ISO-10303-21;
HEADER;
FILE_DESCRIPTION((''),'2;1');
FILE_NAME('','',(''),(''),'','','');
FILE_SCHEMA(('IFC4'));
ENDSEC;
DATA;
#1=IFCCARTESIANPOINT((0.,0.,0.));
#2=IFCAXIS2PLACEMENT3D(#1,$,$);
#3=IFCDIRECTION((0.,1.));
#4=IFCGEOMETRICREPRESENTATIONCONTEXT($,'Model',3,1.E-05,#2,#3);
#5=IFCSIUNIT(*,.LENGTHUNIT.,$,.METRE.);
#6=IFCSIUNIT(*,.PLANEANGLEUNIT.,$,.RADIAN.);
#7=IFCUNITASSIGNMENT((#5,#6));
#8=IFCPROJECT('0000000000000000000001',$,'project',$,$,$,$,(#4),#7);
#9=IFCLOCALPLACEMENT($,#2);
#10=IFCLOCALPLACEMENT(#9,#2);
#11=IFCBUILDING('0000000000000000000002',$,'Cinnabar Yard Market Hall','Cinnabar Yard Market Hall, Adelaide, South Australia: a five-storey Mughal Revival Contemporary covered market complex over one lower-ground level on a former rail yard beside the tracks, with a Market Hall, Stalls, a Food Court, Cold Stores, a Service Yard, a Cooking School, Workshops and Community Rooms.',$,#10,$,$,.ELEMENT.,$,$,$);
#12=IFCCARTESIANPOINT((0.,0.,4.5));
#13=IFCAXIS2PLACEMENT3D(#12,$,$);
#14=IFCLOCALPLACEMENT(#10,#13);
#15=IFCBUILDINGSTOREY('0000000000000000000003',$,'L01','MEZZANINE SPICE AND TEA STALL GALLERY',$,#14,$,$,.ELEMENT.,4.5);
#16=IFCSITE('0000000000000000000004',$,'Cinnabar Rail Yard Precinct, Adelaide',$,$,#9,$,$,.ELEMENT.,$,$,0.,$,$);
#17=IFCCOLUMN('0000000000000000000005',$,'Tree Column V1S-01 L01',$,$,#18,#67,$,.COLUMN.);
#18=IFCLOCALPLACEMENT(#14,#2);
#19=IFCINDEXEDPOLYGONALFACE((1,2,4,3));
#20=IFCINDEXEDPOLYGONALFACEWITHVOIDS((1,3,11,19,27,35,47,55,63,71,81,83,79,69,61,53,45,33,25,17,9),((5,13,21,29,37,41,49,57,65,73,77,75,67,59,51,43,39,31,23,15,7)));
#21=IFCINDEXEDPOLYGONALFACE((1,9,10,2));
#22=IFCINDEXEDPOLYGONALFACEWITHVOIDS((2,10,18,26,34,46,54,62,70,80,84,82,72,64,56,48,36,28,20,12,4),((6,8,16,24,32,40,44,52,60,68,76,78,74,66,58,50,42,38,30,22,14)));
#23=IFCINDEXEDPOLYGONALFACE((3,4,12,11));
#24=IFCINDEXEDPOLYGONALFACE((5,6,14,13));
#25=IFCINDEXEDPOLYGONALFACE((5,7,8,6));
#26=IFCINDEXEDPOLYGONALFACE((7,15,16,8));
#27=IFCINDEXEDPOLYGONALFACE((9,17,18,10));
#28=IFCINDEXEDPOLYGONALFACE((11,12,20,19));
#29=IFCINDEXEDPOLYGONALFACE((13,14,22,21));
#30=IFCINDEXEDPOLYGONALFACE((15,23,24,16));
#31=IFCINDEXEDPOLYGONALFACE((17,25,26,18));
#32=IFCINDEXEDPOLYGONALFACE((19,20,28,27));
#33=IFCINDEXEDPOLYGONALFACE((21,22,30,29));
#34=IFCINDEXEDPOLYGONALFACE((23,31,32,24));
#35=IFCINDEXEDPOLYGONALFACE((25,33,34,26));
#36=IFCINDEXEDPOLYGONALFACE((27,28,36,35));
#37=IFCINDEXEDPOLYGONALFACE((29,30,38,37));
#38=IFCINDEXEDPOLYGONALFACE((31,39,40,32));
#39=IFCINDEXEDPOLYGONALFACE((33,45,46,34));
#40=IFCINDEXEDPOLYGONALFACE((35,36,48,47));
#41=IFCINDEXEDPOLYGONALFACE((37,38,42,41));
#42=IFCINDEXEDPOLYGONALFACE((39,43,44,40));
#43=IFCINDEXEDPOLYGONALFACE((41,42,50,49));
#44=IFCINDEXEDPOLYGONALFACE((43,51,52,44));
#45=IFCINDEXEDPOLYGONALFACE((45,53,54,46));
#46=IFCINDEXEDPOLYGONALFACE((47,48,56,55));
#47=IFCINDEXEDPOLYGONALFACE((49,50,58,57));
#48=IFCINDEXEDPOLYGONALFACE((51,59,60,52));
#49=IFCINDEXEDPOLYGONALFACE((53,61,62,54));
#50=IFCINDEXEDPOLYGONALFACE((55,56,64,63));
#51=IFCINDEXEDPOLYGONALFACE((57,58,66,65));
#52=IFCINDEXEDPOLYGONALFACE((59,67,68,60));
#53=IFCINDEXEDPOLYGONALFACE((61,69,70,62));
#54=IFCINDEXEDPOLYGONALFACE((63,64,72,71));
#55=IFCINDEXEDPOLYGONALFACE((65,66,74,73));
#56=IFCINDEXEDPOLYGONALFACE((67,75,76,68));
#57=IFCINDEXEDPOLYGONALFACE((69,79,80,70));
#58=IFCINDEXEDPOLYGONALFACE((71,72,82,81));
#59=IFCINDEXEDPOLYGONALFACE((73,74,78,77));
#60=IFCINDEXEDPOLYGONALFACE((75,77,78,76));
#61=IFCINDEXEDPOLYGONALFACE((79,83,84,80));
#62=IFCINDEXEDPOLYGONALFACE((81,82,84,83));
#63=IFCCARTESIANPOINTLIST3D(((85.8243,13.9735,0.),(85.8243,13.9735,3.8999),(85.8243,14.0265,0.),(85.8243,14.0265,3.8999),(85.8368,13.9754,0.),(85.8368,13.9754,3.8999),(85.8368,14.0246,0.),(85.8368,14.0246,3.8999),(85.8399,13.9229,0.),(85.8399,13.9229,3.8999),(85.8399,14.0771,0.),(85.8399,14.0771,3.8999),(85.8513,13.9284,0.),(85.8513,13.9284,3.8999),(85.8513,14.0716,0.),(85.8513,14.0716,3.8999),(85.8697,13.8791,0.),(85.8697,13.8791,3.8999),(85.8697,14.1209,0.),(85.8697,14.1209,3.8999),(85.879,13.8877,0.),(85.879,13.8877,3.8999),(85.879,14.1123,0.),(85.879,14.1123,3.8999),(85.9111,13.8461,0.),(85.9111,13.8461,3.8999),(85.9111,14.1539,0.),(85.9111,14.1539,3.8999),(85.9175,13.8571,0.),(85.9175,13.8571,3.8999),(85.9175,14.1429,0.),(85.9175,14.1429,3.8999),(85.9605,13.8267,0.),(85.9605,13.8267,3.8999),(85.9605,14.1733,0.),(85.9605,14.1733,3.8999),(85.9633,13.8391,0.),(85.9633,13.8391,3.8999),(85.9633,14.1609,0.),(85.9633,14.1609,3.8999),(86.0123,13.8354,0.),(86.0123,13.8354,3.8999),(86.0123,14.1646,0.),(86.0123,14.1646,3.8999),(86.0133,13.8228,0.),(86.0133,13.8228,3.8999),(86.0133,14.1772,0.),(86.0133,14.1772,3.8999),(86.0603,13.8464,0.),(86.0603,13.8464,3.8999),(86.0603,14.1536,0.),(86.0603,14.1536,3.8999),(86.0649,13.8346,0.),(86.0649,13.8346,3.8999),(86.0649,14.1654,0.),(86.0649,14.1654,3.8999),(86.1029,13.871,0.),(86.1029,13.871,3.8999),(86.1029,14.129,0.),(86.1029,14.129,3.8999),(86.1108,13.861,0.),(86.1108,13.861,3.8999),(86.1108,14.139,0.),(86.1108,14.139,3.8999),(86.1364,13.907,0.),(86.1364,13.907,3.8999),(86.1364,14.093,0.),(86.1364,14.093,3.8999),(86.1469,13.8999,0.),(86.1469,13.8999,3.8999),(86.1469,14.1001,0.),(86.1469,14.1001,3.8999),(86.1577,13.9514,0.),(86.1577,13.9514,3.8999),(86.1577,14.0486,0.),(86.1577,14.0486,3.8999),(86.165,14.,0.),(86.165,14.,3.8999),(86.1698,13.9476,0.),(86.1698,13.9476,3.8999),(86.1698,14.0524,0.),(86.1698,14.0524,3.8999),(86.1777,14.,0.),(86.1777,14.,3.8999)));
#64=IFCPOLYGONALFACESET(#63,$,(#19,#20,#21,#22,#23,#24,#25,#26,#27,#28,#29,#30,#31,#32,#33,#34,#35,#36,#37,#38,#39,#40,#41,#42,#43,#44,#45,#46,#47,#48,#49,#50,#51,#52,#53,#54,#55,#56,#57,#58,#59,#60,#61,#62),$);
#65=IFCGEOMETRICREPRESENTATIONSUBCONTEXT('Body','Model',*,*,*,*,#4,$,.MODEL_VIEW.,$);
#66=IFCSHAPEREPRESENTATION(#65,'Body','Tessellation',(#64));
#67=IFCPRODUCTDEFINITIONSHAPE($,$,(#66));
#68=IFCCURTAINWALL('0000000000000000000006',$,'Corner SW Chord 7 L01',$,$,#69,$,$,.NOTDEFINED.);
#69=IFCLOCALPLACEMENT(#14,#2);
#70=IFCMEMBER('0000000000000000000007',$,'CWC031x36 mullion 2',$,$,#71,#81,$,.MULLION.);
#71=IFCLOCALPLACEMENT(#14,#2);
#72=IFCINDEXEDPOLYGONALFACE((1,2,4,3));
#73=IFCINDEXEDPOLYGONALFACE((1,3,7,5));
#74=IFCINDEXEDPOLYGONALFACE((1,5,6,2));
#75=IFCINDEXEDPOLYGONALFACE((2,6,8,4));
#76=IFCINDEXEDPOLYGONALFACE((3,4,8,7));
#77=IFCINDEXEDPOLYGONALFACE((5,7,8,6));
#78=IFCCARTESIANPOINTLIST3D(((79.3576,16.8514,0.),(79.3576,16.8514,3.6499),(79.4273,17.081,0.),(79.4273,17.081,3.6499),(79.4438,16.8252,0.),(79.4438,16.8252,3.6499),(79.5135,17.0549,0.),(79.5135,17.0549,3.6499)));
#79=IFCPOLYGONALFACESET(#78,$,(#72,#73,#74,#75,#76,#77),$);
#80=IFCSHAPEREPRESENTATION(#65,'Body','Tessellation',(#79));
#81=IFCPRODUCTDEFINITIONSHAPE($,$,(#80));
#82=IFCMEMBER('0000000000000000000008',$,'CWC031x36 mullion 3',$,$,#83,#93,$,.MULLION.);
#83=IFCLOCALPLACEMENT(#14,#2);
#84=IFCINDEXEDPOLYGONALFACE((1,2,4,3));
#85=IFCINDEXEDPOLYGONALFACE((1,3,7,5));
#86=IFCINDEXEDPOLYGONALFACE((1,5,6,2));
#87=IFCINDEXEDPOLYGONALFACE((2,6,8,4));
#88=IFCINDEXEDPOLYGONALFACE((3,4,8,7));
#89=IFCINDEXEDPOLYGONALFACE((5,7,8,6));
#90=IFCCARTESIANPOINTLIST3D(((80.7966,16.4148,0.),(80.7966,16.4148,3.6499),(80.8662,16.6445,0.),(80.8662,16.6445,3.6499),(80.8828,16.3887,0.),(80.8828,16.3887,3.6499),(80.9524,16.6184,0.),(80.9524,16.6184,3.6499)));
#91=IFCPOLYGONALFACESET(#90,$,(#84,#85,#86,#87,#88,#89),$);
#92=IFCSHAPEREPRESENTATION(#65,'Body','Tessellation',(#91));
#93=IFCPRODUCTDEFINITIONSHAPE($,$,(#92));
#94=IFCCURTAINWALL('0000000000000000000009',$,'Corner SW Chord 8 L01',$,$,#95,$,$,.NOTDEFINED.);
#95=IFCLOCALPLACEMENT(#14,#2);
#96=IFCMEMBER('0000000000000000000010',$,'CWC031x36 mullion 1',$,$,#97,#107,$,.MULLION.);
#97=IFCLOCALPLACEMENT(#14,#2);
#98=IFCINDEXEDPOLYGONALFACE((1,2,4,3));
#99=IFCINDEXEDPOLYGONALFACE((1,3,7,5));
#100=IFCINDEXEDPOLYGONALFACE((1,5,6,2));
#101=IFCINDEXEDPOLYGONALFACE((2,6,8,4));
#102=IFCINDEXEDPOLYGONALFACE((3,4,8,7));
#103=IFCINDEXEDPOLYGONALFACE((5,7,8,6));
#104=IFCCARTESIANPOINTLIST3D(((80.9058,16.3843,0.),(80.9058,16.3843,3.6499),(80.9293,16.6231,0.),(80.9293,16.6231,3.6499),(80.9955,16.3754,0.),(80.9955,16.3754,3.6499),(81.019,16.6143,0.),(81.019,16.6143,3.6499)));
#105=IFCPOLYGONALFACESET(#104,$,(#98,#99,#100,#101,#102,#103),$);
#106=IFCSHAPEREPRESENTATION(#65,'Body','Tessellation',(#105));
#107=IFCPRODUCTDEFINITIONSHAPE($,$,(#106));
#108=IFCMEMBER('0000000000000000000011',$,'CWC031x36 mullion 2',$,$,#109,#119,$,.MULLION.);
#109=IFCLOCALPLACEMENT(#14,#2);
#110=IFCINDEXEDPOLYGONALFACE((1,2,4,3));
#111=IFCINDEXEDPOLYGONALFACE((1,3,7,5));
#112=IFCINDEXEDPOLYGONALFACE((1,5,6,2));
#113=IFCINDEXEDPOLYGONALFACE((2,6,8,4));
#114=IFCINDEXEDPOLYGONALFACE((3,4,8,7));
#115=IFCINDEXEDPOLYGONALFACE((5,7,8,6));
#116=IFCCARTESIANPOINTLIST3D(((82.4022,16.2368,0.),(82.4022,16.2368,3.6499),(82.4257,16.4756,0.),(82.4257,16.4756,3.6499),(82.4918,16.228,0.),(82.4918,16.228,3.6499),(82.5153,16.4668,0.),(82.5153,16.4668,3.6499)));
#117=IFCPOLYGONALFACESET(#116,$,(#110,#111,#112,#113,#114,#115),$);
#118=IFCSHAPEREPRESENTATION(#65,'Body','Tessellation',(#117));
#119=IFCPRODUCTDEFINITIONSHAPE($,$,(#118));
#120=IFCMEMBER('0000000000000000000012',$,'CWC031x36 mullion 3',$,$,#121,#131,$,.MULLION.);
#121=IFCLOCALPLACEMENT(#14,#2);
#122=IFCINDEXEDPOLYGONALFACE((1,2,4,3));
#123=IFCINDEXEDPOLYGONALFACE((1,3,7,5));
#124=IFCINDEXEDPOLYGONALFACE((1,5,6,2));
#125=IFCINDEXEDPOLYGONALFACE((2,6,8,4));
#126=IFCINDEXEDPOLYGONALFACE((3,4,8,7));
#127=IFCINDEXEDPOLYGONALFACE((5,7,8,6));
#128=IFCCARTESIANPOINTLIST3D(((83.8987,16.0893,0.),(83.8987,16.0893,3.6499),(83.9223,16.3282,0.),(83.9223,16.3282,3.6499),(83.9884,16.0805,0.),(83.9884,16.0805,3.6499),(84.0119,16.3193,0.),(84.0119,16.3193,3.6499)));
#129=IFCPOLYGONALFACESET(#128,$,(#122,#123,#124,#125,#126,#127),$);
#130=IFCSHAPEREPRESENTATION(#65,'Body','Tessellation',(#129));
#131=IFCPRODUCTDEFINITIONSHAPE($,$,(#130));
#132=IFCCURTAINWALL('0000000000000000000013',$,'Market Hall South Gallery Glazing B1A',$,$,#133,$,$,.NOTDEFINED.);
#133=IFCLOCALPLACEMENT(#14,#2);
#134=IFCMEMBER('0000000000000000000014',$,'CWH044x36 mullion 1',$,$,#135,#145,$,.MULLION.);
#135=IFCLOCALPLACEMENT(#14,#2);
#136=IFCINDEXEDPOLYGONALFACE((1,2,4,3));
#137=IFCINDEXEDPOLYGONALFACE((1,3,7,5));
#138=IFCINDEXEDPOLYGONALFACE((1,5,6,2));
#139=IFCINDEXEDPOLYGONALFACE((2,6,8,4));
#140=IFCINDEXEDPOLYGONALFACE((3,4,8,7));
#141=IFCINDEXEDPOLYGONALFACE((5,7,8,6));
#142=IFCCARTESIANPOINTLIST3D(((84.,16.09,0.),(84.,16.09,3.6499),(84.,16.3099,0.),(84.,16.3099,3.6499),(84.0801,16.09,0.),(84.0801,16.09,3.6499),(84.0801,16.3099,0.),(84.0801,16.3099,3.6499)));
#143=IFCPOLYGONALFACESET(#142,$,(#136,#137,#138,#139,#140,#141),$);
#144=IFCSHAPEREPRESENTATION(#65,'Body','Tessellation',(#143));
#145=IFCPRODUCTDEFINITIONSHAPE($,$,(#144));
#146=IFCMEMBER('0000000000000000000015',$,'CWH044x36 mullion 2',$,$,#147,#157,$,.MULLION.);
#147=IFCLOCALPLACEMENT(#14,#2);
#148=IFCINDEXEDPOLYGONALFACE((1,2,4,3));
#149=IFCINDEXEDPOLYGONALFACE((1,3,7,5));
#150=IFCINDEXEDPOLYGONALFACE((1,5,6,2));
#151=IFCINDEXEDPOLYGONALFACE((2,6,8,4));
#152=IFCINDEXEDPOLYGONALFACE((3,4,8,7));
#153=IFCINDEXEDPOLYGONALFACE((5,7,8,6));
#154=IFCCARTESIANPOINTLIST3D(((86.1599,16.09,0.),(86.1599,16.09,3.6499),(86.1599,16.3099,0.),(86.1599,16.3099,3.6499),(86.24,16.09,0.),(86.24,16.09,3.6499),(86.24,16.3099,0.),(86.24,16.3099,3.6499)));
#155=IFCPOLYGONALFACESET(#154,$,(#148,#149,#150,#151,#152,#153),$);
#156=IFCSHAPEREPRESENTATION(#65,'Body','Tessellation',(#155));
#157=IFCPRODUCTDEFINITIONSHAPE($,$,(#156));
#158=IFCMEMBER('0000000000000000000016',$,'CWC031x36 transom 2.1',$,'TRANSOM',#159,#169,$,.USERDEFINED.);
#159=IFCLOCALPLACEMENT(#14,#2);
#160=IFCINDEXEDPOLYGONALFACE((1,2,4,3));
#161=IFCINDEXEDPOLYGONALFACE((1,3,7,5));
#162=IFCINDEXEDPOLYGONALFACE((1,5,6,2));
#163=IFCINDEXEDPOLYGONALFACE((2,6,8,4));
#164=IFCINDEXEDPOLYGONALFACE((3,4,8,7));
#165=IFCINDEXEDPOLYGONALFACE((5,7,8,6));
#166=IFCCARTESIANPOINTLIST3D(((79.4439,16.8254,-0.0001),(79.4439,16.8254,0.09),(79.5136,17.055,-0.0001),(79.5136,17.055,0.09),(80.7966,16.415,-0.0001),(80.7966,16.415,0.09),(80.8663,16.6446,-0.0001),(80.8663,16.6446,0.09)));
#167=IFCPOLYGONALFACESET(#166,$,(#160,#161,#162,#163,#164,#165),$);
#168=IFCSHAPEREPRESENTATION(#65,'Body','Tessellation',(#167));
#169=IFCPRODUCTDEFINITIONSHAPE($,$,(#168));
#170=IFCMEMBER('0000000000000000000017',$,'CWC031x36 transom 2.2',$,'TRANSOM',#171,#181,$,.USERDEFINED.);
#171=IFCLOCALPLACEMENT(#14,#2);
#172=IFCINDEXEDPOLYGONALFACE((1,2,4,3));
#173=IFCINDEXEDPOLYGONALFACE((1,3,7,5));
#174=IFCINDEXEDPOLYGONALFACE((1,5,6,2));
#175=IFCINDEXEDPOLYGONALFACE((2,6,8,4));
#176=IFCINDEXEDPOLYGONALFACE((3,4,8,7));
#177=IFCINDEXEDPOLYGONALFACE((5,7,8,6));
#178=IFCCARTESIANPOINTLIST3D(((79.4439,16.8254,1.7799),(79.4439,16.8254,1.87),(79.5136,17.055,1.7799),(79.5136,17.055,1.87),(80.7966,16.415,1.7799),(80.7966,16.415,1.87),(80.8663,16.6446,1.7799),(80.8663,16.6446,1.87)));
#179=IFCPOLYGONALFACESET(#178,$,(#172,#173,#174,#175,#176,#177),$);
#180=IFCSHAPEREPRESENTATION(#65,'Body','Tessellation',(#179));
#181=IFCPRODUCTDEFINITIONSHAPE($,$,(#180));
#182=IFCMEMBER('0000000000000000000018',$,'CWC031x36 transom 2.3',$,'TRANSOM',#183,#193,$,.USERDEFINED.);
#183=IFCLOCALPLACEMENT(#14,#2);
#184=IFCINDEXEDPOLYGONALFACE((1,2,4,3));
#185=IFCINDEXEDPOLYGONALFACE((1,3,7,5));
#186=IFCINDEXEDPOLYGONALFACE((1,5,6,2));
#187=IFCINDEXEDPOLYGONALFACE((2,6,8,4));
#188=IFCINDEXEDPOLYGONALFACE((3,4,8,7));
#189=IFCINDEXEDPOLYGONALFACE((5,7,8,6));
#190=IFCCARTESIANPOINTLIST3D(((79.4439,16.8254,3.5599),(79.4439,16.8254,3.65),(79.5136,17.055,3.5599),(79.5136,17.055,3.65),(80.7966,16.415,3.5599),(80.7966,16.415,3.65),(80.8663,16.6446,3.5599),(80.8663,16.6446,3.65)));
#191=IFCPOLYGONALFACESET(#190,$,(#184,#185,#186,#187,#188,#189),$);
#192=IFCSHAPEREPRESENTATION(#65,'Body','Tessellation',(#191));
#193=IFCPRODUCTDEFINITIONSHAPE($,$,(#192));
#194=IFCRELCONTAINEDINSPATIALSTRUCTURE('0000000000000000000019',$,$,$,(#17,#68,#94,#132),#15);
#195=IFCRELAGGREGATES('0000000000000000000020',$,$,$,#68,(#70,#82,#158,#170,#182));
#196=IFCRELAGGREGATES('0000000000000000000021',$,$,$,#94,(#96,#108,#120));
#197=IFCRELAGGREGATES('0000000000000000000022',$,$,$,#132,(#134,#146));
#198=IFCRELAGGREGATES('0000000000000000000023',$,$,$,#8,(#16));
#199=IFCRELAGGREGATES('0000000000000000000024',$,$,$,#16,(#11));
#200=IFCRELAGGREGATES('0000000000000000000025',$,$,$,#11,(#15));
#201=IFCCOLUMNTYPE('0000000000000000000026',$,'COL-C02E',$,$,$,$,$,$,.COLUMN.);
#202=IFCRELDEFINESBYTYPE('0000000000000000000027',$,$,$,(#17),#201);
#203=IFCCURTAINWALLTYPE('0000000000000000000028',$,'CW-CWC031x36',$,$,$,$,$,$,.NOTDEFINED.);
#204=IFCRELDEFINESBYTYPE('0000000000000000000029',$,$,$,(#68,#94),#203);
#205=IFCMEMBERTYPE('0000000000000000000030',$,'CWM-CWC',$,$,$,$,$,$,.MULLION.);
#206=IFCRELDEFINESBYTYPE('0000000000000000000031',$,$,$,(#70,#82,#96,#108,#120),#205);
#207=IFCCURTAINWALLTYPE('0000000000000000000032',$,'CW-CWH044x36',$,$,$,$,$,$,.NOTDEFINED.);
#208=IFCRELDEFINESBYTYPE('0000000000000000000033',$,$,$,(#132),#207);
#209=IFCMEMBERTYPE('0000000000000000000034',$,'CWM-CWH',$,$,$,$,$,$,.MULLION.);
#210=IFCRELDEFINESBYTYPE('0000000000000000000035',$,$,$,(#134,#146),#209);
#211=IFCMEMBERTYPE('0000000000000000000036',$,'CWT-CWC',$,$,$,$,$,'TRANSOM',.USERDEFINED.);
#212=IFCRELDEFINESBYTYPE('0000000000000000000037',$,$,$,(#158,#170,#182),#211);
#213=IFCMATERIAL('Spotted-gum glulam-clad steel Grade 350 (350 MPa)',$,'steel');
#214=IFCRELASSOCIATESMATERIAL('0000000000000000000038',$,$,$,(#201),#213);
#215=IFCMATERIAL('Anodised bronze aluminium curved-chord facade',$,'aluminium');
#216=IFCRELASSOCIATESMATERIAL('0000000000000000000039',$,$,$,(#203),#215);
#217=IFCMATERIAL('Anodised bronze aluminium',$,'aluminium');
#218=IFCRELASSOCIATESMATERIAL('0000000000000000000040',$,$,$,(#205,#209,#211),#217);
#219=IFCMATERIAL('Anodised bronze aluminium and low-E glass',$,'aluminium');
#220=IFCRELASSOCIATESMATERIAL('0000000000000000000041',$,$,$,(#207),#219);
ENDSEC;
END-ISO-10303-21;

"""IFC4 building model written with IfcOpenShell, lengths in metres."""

from ifc_helpers import new_model, si_unit, direction, frame, origin, origin_2d_with_axis, place, context, subcontext, project, spatial, rectangle, hollow_circle, extrude, material, material_profile, profile_set, type_object, element, aggregate, save


model = new_model("IFC4")

# Units and contexts
model_context = context("Model", 3, precision=1e-05, world=origin(), true_north=direction((0.0, 1.0)))
body_context = subcontext(model_context, "Body", "Model", "MODEL_VIEW")
ifc_project = project(units=[si_unit("LENGTHUNIT", "METRE"), si_unit("PLANEANGLEUNIT", "RADIAN")], contexts=[model_context])

# Site, building, storey
site_placement = place(None, origin())
site = spatial("IfcSite", under=ifc_project, at=site_placement, Name="Cinnabar Rail Yard Precinct, Adelaide", CompositionType="ELEMENT", RefElevation=0.0)
building_placement = place(site_placement, origin())
building = spatial("IfcBuilding", under=site, at=building_placement, Name="Cinnabar Yard Market Hall", Description="Cinnabar Yard Market Hall, Adelaide, South Australia: a five-storey Mughal Revival Contemporary covered market complex over one lower-ground level on a former rail yard beside the tracks, with a Market Hall, Stalls, a Food Court, Cold Stores, a Service Yard, a Cooking School, Workshops and Community Rooms.", CompositionType="ELEMENT")
storey_placement = place(building_placement, frame((0.0, 0.0, 4.5)))
storey = spatial("IfcBuildingStorey", under=building, at=storey_placement, Name="L01", Description="MEZZANINE SPICE AND TEA STALL GALLERY", CompositionType="ELEMENT", Elevation=4.5)

# Column
ifc_material_1 = material(Name="Spotted-gum glulam-clad steel Grade 350 (350 MPa)", Category="steel")
ifc_material_profile_1 = material_profile(ifc_material_1, hollow_circle(Radius=0.1777, WallThickness=0.0127, at=origin_2d_with_axis()), Name="355.6x12.7CHS")
ifc_profile_set_1 = profile_set([ifc_material_profile_1], Name="Spotted-gum glulam-clad steel Grade 350 (350 MPa)")
column_type = type_object("IfcColumnType", Name="COL-C02E", PredefinedType="COLUMN", material=ifc_profile_set_1)
column_placement = place(storey_placement, frame((86.0, 14.0, 0.0), z_axis=(0.0, 0.0, 1.0), x_axis=(1.0, 0.0, 0.0)))
element("IfcColumn", 1, at=column_placement, inside=storey, type_object=column_type, Name="Tree Column V1S-01 L01", PredefinedType="COLUMN", context=body_context, shape_type="SweptSolid", body=[
    extrude(hollow_circle(Radius=0.1777, WallThickness=0.0127, at=origin_2d_with_axis()), origin(), (0.0, 0.0, 1.0), 3.8999),
])

# Curtain walls, members
ifc_material_2 = material(Name="Anodised bronze aluminium curved-chord facade", Category="aluminium")
curtain_wall_type_1 = type_object("IfcCurtainWallType", Name="CW-CWC031x36", PredefinedType="NOTDEFINED", material=ifc_material_2)
curtain_wall_1_placement = place(storey_placement, origin())
curtain_wall_1 = element("IfcCurtainWall", 2, at=curtain_wall_1_placement, inside=storey, type_object=curtain_wall_type_1, Name="Corner SW Chord 7 L01", PredefinedType="NOTDEFINED")
ifc_material_3 = material(Name="Anodised bronze aluminium", Category="aluminium")
ifc_material_profile_2 = material_profile(ifc_material_3, rectangle(XDim=0.24, YDim=0.0901, at=origin_2d_with_axis()), Name="MUL-CWC")
ifc_profile_set_2 = profile_set([ifc_material_profile_2], Name="Anodised bronze aluminium")
member_type_1 = type_object("IfcMemberType", Name="CWM-CWC", PredefinedType="MULLION", material=ifc_profile_set_2)
member_1_placement = place(storey_placement, frame((79.4355, 16.9531, 0.0), z_axis=(0.0, 0.0, 1.0), x_axis=(0.290279, 0.956942, 0.0)))
member_1 = element("IfcMember", 3, at=member_1_placement, type_object=member_type_1, Name="CWC031x36 mullion 2", PredefinedType="MULLION", context=body_context, shape_type="SweptSolid", body=[
    extrude(rectangle(XDim=0.24, YDim=0.0901, at=origin_2d_with_axis()), origin(), (0.0, 0.0, 1.0), 3.6499),
])
member_2_placement = place(storey_placement, frame((80.8745, 16.5166, 0.0), z_axis=(0.0, 0.0, 1.0), x_axis=(0.290279, 0.956942, 0.0)))
member_2 = element("IfcMember", 4, at=member_2_placement, type_object=member_type_1, Name="CWC031x36 mullion 3", PredefinedType="MULLION", context=body_context, shape_type="SweptSolid", body=[
    extrude(rectangle(XDim=0.24, YDim=0.0901, at=origin_2d_with_axis()), origin(), (0.0, 0.0, 1.0), 3.6499),
])
curtain_wall_2_placement = place(storey_placement, origin())
curtain_wall_2 = element("IfcCurtainWall", 5, at=curtain_wall_2_placement, inside=storey, type_object=curtain_wall_type_1, Name="Corner SW Chord 8 L01", PredefinedType="NOTDEFINED")
member_3_placement = place(storey_placement, frame((80.9624, 16.4993, 0.0), z_axis=(0.0, 0.0, 1.0), x_axis=(0.09802, 0.995184, 0.0)))
member_3 = element("IfcMember", 6, at=member_3_placement, type_object=member_type_1, Name="CWC031x36 mullion 1", PredefinedType="MULLION", context=body_context, shape_type="SweptSolid", body=[
    extrude(rectangle(XDim=0.24, YDim=0.0901, at=origin_2d_with_axis()), origin(), (0.0, 0.0, 1.0), 3.6499),
])
member_4_placement = place(storey_placement, frame((82.4587, 16.3518, 0.0), z_axis=(0.0, 0.0, 1.0), x_axis=(0.09802, 0.995184, 0.0)))
member_4 = element("IfcMember", 7, at=member_4_placement, type_object=member_type_1, Name="CWC031x36 mullion 2", PredefinedType="MULLION", context=body_context, shape_type="SweptSolid", body=[
    extrude(rectangle(XDim=0.24, YDim=0.0901, at=origin_2d_with_axis()), origin(), (0.0, 0.0, 1.0), 3.6499),
])
member_5_placement = place(storey_placement, frame((83.9553, 16.2043, 0.0), z_axis=(0.0, 0.0, 1.0), x_axis=(0.09802, 0.995184, 0.0)))
member_5 = element("IfcMember", 8, at=member_5_placement, type_object=member_type_1, Name="CWC031x36 mullion 3", PredefinedType="MULLION", context=body_context, shape_type="SweptSolid", body=[
    extrude(rectangle(XDim=0.24, YDim=0.0901, at=origin_2d_with_axis()), origin(), (0.0, 0.0, 1.0), 3.6499),
])
ifc_material_4 = material(Name="Anodised bronze aluminium and low-E glass", Category="aluminium")
curtain_wall_type_2 = type_object("IfcCurtainWallType", Name="CW-CWH044x36", PredefinedType="NOTDEFINED", material=ifc_material_4)
curtain_wall_3_placement = place(storey_placement, origin())
curtain_wall_3 = element("IfcCurtainWall", 9, at=curtain_wall_3_placement, inside=storey, type_object=curtain_wall_type_2, Name="Market Hall South Gallery Glazing B1A", PredefinedType="NOTDEFINED")
ifc_material_profile_3 = material_profile(ifc_material_3, rectangle(XDim=0.22, YDim=0.0801, at=origin_2d_with_axis()), Name="MUL-CWH")
ifc_profile_set_3 = profile_set([ifc_material_profile_3], Name="Anodised bronze aluminium")
member_type_2 = type_object("IfcMemberType", Name="CWM-CWH", PredefinedType="MULLION", material=ifc_profile_set_3)
member_6_placement = place(storey_placement, frame((84.04, 16.2, 0.0), z_axis=(0.0, 0.0, 1.0), x_axis=(0.0, 1.0, 0.0)))
member_6 = element("IfcMember", 10, at=member_6_placement, type_object=member_type_2, Name="CWH044x36 mullion 1", PredefinedType="MULLION", context=body_context, shape_type="SweptSolid", body=[
    extrude(rectangle(XDim=0.22, YDim=0.0801, at=origin_2d_with_axis()), origin(), (0.0, 0.0, 1.0), 3.6499),
])
member_7_placement = place(storey_placement, frame((86.2, 16.2, 0.0), z_axis=(0.0, 0.0, 1.0), x_axis=(0.0, 1.0, 0.0)))
member_7 = element("IfcMember", 11, at=member_7_placement, type_object=member_type_2, Name="CWH044x36 mullion 2", PredefinedType="MULLION", context=body_context, shape_type="SweptSolid", body=[
    extrude(rectangle(XDim=0.22, YDim=0.0801, at=origin_2d_with_axis()), origin(), (0.0, 0.0, 1.0), 3.6499),
])

# Members
ifc_material_profile_4 = material_profile(ifc_material_3, rectangle(XDim=0.24, YDim=0.0901, at=origin_2d_with_axis()), Name="TRN-CWC")
ifc_profile_set_4 = profile_set([ifc_material_profile_4], Name="Anodised bronze aluminium")
member_type_3 = type_object("IfcMemberType", Name="CWT-CWC", ElementType="TRANSOM", PredefinedType="USERDEFINED", material=ifc_profile_set_4)
member_8_placement = place(storey_placement, frame((79.4788, 16.9402, 0.0449), z_axis=(0.956933, -0.290309, 0.0), x_axis=(0.290309, 0.956933, 0.0)))
member_8 = element("IfcMember", 12, at=member_8_placement, type_object=member_type_3, Name="CWC031x36 transom 2.1", ObjectType="TRANSOM", PredefinedType="USERDEFINED", context=body_context, shape_type="SweptSolid", body=[
    extrude(rectangle(XDim=0.24, YDim=0.0901, at=origin_2d_with_axis()), origin(), (0.0, 0.0, 1.0), 1.4136),
])
member_9_placement = place(storey_placement, frame((79.4788, 16.9402, 1.825), z_axis=(0.956933, -0.290309, 0.0), x_axis=(0.290309, 0.956933, 0.0)))
member_9 = element("IfcMember", 13, at=member_9_placement, type_object=member_type_3, Name="CWC031x36 transom 2.2", ObjectType="TRANSOM", PredefinedType="USERDEFINED", context=body_context, shape_type="SweptSolid", body=[
    extrude(rectangle(XDim=0.24, YDim=0.0901, at=origin_2d_with_axis()), origin(), (0.0, 0.0, 1.0), 1.4136),
])
member_10_placement = place(storey_placement, frame((79.4788, 16.9402, 3.605), z_axis=(0.956933, -0.290309, 0.0), x_axis=(0.290309, 0.956933, 0.0)))
member_10 = element("IfcMember", 14, at=member_10_placement, type_object=member_type_3, Name="CWC031x36 transom 2.3", ObjectType="TRANSOM", PredefinedType="USERDEFINED", context=body_context, shape_type="SweptSolid", body=[
    extrude(rectangle(XDim=0.24, YDim=0.0901, at=origin_2d_with_axis()), origin(), (0.0, 0.0, 1.0), 1.4136),
])

aggregate(curtain_wall_1, [member_1, member_2, member_8, member_9, member_10])
aggregate(curtain_wall_2, [member_3, member_4, member_5])
aggregate(curtain_wall_3, [member_6, member_7])

save(model, "model.ifc")
